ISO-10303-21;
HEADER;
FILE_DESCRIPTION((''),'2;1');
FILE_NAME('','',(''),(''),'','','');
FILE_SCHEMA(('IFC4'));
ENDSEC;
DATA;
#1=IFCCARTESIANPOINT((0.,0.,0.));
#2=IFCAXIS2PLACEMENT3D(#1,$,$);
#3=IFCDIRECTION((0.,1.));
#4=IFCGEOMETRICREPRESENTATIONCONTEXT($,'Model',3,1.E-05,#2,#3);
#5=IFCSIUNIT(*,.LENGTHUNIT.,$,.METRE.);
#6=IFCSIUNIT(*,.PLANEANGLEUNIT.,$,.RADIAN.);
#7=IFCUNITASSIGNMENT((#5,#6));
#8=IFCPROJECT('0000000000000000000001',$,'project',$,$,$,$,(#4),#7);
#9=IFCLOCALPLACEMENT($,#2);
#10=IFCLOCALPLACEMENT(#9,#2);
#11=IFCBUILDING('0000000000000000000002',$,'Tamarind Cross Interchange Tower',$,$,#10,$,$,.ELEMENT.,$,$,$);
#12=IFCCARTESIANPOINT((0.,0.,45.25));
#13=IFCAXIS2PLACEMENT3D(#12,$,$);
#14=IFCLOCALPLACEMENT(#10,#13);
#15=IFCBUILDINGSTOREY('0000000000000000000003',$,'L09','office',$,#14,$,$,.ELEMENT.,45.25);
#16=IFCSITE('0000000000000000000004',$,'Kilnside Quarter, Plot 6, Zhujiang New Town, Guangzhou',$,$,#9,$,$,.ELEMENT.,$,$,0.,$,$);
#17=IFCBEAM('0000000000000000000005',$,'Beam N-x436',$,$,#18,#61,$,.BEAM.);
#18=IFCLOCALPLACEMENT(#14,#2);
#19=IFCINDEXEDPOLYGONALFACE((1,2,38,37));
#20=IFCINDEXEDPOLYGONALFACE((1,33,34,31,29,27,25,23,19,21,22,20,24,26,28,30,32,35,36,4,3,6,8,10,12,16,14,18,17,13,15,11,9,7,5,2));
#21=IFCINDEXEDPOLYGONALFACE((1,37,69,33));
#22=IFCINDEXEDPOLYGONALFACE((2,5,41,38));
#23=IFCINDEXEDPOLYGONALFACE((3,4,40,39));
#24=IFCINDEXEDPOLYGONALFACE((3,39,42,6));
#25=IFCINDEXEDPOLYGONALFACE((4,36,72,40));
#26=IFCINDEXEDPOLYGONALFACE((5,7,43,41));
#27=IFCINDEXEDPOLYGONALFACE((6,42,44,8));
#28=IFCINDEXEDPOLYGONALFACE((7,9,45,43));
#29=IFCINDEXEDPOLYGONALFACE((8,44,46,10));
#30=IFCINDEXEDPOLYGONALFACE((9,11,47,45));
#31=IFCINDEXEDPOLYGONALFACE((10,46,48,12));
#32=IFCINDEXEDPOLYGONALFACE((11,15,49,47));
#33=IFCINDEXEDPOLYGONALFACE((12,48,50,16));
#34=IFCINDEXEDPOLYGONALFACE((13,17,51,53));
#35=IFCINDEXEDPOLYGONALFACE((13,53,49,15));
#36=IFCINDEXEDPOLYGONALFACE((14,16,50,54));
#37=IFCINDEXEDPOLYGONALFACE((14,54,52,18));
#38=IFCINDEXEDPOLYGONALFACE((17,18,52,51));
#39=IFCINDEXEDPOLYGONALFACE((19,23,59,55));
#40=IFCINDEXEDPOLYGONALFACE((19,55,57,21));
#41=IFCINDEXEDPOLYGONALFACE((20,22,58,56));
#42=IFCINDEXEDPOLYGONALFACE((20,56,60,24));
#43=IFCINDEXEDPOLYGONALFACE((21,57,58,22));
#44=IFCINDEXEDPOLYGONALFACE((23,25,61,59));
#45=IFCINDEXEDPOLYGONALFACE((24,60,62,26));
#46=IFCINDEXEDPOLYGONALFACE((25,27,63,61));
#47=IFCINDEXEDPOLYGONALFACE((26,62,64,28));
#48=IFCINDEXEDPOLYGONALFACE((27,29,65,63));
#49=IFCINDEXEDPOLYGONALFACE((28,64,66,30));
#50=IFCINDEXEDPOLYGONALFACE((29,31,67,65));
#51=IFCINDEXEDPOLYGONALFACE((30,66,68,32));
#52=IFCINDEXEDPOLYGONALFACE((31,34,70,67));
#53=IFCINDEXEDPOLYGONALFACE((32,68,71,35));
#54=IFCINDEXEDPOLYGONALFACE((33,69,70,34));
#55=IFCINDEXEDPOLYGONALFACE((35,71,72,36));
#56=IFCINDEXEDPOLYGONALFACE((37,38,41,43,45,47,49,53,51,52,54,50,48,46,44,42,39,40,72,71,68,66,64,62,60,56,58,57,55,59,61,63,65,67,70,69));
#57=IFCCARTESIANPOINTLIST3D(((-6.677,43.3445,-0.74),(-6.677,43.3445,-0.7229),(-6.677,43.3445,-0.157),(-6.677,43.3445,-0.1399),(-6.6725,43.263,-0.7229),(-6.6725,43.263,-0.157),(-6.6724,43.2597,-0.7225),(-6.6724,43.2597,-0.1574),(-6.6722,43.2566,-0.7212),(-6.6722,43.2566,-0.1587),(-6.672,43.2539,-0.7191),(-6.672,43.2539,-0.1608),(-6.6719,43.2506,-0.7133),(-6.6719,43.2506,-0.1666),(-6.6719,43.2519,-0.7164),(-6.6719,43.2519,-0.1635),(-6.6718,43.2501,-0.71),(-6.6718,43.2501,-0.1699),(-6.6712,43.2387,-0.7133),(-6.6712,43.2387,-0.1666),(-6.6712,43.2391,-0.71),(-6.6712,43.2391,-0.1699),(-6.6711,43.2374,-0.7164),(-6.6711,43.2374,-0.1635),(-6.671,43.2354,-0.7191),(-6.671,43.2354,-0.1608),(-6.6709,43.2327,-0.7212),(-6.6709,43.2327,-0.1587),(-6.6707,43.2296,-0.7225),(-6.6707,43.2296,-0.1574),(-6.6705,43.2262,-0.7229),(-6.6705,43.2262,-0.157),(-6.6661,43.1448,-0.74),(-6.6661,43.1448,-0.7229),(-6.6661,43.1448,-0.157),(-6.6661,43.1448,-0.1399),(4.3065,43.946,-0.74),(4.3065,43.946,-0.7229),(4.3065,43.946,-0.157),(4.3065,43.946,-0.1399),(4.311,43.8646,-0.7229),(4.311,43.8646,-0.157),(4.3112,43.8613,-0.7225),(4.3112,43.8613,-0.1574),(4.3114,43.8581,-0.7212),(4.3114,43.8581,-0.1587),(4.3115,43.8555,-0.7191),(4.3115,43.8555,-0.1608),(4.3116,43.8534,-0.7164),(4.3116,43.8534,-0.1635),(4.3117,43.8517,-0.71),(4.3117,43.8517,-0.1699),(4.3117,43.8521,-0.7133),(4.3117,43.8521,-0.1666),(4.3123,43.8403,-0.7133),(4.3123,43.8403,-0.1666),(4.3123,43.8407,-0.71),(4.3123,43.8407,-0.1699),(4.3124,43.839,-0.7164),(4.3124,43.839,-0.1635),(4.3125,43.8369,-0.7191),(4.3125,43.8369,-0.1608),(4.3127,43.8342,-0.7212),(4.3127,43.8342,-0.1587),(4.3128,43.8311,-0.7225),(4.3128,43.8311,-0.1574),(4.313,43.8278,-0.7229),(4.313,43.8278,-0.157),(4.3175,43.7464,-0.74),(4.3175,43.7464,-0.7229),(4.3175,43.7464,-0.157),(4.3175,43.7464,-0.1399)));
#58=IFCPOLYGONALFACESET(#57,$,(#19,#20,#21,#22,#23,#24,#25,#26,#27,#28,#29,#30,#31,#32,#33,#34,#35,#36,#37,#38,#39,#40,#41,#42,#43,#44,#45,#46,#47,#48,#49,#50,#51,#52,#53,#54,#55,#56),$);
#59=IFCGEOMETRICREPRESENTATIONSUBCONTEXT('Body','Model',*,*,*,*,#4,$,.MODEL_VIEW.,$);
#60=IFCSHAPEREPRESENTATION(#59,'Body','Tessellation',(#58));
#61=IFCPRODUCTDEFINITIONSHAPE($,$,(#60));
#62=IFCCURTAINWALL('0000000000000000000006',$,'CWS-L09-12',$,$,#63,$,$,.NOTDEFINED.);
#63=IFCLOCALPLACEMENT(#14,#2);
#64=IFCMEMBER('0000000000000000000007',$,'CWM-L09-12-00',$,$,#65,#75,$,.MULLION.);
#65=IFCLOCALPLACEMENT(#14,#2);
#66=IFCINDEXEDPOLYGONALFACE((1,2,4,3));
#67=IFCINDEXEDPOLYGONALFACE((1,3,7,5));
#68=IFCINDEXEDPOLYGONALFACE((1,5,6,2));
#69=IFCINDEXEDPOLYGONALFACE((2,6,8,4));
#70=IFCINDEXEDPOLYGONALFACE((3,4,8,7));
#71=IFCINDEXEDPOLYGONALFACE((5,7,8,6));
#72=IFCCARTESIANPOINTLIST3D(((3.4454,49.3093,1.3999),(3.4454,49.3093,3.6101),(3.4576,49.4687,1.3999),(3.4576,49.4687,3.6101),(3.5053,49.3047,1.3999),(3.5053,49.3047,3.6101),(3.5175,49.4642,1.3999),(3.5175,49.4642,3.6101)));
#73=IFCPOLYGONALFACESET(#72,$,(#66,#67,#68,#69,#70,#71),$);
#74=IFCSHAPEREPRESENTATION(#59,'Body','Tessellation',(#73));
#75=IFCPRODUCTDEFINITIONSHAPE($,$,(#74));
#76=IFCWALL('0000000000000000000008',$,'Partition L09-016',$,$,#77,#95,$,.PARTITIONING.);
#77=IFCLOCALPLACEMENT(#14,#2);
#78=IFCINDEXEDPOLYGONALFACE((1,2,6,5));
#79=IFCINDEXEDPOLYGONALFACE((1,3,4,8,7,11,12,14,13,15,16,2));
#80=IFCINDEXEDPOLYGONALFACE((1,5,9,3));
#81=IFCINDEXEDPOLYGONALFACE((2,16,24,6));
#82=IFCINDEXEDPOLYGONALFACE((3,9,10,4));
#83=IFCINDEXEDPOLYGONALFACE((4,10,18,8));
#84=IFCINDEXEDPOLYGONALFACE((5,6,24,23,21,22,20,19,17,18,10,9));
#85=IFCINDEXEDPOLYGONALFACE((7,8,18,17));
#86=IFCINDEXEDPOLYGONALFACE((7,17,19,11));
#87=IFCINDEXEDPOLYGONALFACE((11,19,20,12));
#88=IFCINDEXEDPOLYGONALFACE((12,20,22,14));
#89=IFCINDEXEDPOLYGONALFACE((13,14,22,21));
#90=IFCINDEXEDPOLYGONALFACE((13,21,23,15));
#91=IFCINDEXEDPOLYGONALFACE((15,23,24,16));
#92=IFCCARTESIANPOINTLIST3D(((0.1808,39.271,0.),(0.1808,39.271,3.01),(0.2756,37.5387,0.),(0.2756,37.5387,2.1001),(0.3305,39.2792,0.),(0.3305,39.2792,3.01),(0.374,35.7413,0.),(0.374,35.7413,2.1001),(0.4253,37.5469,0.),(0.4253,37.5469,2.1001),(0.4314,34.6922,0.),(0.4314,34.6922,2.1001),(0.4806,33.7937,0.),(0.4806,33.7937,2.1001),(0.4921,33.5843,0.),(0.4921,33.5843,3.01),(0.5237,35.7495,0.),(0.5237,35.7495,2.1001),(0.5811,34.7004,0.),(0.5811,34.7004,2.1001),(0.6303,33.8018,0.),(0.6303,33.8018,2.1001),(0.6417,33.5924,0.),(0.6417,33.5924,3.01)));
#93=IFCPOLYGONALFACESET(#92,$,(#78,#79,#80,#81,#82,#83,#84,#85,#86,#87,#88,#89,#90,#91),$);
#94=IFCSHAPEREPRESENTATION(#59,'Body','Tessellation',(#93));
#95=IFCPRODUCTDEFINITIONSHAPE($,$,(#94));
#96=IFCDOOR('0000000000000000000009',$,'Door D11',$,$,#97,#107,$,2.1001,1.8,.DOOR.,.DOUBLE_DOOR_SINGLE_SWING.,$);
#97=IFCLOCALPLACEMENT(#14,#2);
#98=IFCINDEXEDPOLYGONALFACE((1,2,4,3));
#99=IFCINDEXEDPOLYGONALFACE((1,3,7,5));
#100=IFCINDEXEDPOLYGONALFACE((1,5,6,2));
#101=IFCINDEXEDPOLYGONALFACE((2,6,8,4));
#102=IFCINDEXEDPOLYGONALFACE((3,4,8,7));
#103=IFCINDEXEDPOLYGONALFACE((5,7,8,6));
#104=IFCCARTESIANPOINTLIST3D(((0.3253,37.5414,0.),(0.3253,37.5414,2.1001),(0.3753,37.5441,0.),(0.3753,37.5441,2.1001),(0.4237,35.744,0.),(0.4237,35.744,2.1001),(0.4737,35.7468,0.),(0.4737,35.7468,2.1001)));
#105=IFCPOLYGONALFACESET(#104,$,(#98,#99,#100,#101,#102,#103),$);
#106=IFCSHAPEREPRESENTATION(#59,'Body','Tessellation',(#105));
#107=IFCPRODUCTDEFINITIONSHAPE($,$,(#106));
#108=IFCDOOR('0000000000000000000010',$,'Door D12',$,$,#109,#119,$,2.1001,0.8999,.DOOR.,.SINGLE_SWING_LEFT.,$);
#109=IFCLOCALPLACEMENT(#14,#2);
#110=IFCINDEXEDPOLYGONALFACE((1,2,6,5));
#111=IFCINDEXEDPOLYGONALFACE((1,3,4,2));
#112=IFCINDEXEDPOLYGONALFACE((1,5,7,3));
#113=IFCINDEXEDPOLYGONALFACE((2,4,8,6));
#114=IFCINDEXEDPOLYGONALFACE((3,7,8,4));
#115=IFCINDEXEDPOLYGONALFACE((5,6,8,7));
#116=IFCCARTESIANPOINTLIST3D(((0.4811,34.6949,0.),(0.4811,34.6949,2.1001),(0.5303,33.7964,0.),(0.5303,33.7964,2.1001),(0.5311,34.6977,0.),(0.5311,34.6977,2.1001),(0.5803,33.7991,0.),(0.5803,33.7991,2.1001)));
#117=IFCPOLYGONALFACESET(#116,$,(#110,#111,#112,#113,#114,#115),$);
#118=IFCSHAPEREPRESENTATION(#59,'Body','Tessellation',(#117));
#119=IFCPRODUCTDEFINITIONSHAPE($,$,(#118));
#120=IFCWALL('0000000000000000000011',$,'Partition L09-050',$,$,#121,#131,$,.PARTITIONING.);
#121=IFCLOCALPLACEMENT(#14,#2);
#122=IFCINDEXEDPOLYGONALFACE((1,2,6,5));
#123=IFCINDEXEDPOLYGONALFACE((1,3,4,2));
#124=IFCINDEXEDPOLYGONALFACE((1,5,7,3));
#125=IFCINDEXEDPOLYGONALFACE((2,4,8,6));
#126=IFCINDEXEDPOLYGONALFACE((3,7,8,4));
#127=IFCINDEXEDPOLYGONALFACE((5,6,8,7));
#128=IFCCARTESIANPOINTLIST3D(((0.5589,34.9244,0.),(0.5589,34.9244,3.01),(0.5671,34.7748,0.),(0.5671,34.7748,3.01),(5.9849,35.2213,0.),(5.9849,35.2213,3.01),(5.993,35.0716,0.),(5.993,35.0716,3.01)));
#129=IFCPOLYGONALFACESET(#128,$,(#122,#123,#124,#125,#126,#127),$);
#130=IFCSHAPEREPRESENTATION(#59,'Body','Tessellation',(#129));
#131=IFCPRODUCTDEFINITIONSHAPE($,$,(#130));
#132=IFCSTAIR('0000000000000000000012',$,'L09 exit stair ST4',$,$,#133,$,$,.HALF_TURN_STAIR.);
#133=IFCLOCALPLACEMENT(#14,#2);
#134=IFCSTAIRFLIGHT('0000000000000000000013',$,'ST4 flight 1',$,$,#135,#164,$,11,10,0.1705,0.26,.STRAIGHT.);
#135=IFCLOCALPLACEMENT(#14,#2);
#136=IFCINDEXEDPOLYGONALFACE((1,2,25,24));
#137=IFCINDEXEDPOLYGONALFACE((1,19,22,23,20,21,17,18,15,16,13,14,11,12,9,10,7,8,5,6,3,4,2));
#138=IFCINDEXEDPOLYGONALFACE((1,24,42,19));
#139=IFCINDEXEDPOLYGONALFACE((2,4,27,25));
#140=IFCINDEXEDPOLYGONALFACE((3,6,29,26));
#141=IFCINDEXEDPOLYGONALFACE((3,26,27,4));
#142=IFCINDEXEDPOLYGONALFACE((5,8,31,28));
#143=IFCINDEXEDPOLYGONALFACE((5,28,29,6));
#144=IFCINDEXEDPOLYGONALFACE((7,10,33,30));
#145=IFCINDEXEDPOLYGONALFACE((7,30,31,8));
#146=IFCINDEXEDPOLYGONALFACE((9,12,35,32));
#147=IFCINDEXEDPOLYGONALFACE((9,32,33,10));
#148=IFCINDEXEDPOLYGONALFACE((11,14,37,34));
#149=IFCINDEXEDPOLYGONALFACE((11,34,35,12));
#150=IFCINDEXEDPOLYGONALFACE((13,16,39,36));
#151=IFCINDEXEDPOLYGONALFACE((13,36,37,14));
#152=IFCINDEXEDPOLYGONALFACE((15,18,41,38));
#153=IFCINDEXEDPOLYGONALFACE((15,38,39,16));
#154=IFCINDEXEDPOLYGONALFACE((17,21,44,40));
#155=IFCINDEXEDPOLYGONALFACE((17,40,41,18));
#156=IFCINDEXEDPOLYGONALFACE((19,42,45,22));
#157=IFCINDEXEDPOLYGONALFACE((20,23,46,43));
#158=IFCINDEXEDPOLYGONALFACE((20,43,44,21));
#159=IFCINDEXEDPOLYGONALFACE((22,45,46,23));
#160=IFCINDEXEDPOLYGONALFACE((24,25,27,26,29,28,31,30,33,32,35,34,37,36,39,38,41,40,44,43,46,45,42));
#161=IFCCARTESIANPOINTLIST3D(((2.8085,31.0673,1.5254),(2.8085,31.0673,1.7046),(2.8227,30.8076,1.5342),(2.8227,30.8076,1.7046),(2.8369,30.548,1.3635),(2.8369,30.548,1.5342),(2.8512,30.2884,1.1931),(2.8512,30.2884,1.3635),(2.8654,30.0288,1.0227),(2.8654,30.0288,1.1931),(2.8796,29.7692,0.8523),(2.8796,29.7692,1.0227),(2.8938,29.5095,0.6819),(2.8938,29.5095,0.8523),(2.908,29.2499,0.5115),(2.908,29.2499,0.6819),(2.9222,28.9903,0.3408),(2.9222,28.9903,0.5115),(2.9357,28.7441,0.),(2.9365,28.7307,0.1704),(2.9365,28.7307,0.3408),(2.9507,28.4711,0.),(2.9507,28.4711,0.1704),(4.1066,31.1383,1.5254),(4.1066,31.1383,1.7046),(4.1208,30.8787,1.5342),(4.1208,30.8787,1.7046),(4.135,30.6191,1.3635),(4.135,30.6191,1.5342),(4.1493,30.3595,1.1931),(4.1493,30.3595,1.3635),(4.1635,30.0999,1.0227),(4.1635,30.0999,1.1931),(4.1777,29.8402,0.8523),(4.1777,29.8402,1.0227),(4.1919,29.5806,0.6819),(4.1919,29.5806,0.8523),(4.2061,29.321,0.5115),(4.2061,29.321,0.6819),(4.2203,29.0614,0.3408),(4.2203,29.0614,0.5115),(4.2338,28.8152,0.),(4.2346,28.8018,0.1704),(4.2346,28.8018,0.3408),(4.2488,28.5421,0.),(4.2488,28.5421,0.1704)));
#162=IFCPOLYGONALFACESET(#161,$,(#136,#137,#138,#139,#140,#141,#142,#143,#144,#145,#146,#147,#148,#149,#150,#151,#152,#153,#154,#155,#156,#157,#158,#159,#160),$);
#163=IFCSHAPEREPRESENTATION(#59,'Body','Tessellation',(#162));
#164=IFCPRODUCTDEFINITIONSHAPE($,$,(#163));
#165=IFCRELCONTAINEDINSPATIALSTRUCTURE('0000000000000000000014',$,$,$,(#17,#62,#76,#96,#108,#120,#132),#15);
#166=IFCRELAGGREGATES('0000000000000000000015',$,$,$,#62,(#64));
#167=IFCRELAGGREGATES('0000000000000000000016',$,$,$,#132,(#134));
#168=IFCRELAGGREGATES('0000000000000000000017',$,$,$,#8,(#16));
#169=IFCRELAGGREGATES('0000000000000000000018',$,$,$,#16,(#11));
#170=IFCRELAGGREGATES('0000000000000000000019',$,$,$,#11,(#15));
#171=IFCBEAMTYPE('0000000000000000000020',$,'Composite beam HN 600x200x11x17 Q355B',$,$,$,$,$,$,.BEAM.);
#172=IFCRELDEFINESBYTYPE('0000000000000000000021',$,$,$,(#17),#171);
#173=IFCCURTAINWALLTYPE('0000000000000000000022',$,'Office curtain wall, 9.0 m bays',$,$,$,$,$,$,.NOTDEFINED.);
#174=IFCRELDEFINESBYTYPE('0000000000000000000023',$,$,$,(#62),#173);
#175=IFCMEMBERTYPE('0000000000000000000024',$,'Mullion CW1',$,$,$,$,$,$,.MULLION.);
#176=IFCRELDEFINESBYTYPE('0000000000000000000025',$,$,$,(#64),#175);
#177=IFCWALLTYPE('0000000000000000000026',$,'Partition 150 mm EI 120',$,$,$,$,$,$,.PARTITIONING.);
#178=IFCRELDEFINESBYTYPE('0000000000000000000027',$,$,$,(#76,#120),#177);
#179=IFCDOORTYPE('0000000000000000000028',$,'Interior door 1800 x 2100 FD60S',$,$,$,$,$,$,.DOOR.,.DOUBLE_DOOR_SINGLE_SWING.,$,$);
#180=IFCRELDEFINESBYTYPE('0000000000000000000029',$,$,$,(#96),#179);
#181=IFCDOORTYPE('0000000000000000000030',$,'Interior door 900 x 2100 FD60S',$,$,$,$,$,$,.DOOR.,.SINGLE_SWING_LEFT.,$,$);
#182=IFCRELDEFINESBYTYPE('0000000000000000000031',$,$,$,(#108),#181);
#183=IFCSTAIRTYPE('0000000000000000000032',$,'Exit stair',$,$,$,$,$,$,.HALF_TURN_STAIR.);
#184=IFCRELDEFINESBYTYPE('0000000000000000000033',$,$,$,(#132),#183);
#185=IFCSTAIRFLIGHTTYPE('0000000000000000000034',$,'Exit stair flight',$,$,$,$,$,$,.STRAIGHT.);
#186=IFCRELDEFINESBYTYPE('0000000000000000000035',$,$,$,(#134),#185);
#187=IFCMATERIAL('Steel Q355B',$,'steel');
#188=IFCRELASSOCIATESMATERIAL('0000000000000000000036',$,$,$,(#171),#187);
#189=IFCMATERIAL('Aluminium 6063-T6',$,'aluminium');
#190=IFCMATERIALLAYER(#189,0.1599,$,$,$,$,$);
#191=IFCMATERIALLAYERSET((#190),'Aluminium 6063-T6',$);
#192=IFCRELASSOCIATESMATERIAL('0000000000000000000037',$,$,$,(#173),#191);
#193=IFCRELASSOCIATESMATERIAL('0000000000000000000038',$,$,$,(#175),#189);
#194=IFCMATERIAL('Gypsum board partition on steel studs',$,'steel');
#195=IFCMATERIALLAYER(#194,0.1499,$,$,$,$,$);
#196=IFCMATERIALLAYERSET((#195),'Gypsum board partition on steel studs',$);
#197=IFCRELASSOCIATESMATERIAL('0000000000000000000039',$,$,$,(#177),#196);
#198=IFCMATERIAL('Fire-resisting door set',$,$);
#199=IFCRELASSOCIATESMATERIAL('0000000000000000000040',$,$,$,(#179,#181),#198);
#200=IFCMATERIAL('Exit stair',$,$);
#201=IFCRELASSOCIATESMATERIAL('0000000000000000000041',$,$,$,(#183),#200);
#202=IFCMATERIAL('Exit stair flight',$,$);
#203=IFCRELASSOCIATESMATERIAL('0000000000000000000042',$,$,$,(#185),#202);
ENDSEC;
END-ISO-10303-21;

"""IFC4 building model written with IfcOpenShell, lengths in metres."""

from ifc_helpers import new_model, si_unit, direction, frame, frame_2d, origin, origin_2d, place, context, subcontext, project, spatial, polyline, rectangle, i_section, outline, extrude, material, layer, layer_set, material_profile, profile_set, type_object, element, fill, aggregate, save


model = new_model("IFC4")

# Units and contexts
model_context = context("Model", 3, precision=1e-05, world=origin(), true_north=direction((0.0, 1.0)))
body_context = subcontext(model_context, "Body", "Model", "MODEL_VIEW")
ifc_project = project(units=[si_unit("LENGTHUNIT", "METRE"), si_unit("PLANEANGLEUNIT", "RADIAN")], contexts=[model_context])

# Site, building, storey
site_placement = place(None, origin())
site = spatial("IfcSite", under=ifc_project, at=site_placement, Name="Kilnside Quarter, Plot 6, Zhujiang New Town, Guangzhou", CompositionType="ELEMENT", RefElevation=0.0)
building_placement = place(site_placement, origin())
building = spatial("IfcBuilding", under=site, at=building_placement, Name="Tamarind Cross Interchange Tower", CompositionType="ELEMENT")
storey_placement = place(building_placement, frame((0.0, 0.0, 45.25)))
storey = spatial("IfcBuildingStorey", under=building, at=storey_placement, Name="L09", Description="office", CompositionType="ELEMENT", Elevation=45.25)

# Beam
ifc_material_1 = material(Name="Steel Q355B", Category="steel")
ifc_material_profile_1 = material_profile(ifc_material_1, i_section(OverallWidth=0.2, OverallDepth=0.6001, WebThickness=0.011, FlangeThickness=0.0171, FilletRadius=0.0129, at=origin_2d()), Name="HN 600x200x11x17")
ifc_profile_set_1 = profile_set([ifc_material_profile_1], Name="Steel Q355B")
beam_type_1 = type_object("IfcBeamType", Name="Composite beam HN 600x200x11x17 Q355B", PredefinedType="BEAM", material=ifc_profile_set_1)
beam_1_placement = place(storey_placement, frame((4.312, 43.8462, -0.4399), z_axis=(-0.998504, -0.054687, 0.0), x_axis=(0.054687, -0.998504, 0.0)))
element("IfcBeam", 1, at=beam_1_placement, inside=storey, type_object=beam_type_1, Name="Beam N-x436", PredefinedType="BEAM", context=body_context, shape_type="SweptSolid", body=[
    extrude(i_section(OverallWidth=0.2, OverallDepth=0.6001, WebThickness=0.011, FlangeThickness=0.0171, FilletRadius=0.0129, at=origin_2d()), origin(), (0.0, 0.0, 1.0), 11.0),
])

# Curtain wall, member
ifc_material_2 = material(Name="Aluminium 6063-T6", Category="aluminium")
ifc_layer_1 = layer(ifc_material_2, 0.1599)
ifc_layer_set_1 = layer_set([ifc_layer_1], Name="Aluminium 6063-T6")
curtain_wall_type = type_object("IfcCurtainWallType", Name="Office curtain wall, 9.0 m bays", PredefinedType="NOTDEFINED", material=ifc_layer_set_1)
curtain_wall_placement = place(storey_placement, origin())
curtain_wall = element("IfcCurtainWall", 2, at=curtain_wall_placement, inside=storey, type_object=curtain_wall_type, Name="CWS-L09-12", PredefinedType="NOTDEFINED")
ifc_material_profile_2 = material_profile(ifc_material_2, rectangle(XDim=0.0601, YDim=0.1599, at=origin_2d()), Name="Mullion CW1")
ifc_profile_set_2 = profile_set([ifc_material_profile_2], Name="Aluminium 6063-T6")
member_type = type_object("IfcMemberType", Name="Mullion CW1", PredefinedType="MULLION", material=ifc_profile_set_2)
member_placement = place(storey_placement, frame((3.4814, 49.3867, 1.3999), z_axis=(0.0, 0.0, 1.0), x_axis=(-0.997099, 0.07612, 0.0)))
member = element("IfcMember", 3, at=member_placement, type_object=member_type, Name="CWM-L09-12-00", PredefinedType="MULLION", context=body_context, shape_type="SweptSolid", body=[
    extrude(rectangle(XDim=0.0601, YDim=0.1599, at=origin_2d()), origin(), (0.0, 0.0, 1.0), 2.2102),
])
aggregate(curtain_wall, [member])

# Wall, openings, doors
ifc_material_3 = material(Name="Gypsum board partition on steel studs", Category="steel")
ifc_layer_2 = layer(ifc_material_3, 0.1499)
ifc_layer_set_2 = layer_set([ifc_layer_2], Name="Gypsum board partition on steel studs")
wall_type = type_object("IfcWallType", Name="Partition 150 mm EI 120", PredefinedType="PARTITIONING", material=ifc_layer_set_2)
wall_1_placement = place(storey_placement, frame((0.2556, 39.2751, 0.0), z_axis=(0.0, 0.0, 1.0), x_axis=(0.054656, -0.998505, 0.0)))
wall_1 = element("IfcWall", 4, at=wall_1_placement, inside=storey, type_object=wall_type, Name="Partition L09-016", PredefinedType="PARTITIONING", context=body_context, shape_type="SweptSolid", body=[
    extrude(rectangle(XDim=5.6953, YDim=0.1499, at=frame_2d((2.8477, 0.0))), origin(), (0.0, 0.0, 1.0), 3.01),
])
opening_1_placement = place(wall_1_placement, frame((1.7351, 0.0, 0.0)))
opening_1 = element("IfcOpeningElement", 5, at=opening_1_placement, cuts=wall_1, PredefinedType="OPENING", context=body_context, shape_type="SweptSolid", body=[
    extrude(rectangle(XDim=1.8, YDim=2.1001, at=frame_2d((0.8999, 1.05))), frame((0.0, 0.085, 0.0), z_axis=(0.0, -1.0, 0.0), x_axis=(1.0, 0.0, 0.0)), (0.0, 0.0, 1.0), 0.1699),
])
opening_2_placement = place(wall_1_placement, frame((4.5857, 0.0, 0.0)))
opening_2 = element("IfcOpeningElement", 6, at=opening_2_placement, cuts=wall_1, PredefinedType="OPENING", context=body_context, shape_type="SweptSolid", body=[
    extrude(rectangle(XDim=0.8999, YDim=2.1001, at=frame_2d((0.45, 1.05))), frame((0.0, 0.085, 0.0), z_axis=(0.0, -1.0, 0.0), x_axis=(1.0, 0.0, 0.0)), (0.0, 0.0, 1.0), 0.1699),
])
ifc_material_4 = material(Name="Fire-resisting door set")
door_type_1 = type_object("IfcDoorType", Name="Interior door 1800 x 2100 FD60S", OperationType="DOUBLE_DOOR_SINGLE_SWING", PredefinedType="DOOR", material=ifc_material_4)
door_1_placement = place(opening_1_placement, origin())
door_1 = element("IfcDoor", 7, at=door_1_placement, inside=storey, type_object=door_type_1, Name="Door D11", OperationType="DOUBLE_DOOR_SINGLE_SWING", OverallHeight=2.1001, OverallWidth=1.8, PredefinedType="DOOR", context=body_context, shape_type="SweptSolid", body=[
    extrude(rectangle(XDim=1.8, YDim=2.1001, at=frame_2d((0.8999, 1.05))), frame((0.0, 0.0249, 0.0), z_axis=(0.0, -1.0, 0.0), x_axis=(1.0, 0.0, 0.0)), (0.0, 0.0, 1.0), 0.05),
])
fill(opening_1, door_1)
door_type_2 = type_object("IfcDoorType", Name="Interior door 900 x 2100 FD60S", OperationType="SINGLE_SWING_LEFT", PredefinedType="DOOR", material=ifc_material_4)
door_2_placement = place(opening_2_placement, origin())
door_2 = element("IfcDoor", 8, at=door_2_placement, inside=storey, type_object=door_type_2, Name="Door D12", OperationType="SINGLE_SWING_LEFT", OverallHeight=2.1001, OverallWidth=0.8999, PredefinedType="DOOR", context=body_context, shape_type="SweptSolid", body=[
    extrude(rectangle(XDim=0.8999, YDim=2.1001, at=frame_2d((0.45, 1.05))), frame((0.0, 0.0249, 0.0), z_axis=(0.0, -1.0, 0.0), x_axis=(1.0, 0.0, 0.0)), (0.0, 0.0, 1.0), 0.05),
])
fill(opening_2, door_2)

# Wall
wall_2_placement = place(storey_placement, frame((0.563, 34.8496, 0.0), z_axis=(0.0, 0.0, 1.0), x_axis=(0.998507, 0.054631, 0.0)))
element("IfcWall", 9, at=wall_2_placement, inside=storey, type_object=wall_type, Name="Partition L09-050", PredefinedType="PARTITIONING", context=body_context, shape_type="SweptSolid", body=[
    extrude(rectangle(XDim=5.4341, YDim=0.1499, at=frame_2d((2.717, 0.0))), origin(), (0.0, 0.0, 1.0), 3.01),
])

# Stair, stair flight
ifc_material_5 = material(Name="Exit stair")
stair_type = type_object("IfcStairType", Name="Exit stair", PredefinedType="HALF_TURN_STAIR", material=ifc_material_5)
stair_placement = place(storey_placement, origin())
stair = element("IfcStair", 10, at=stair_placement, inside=storey, type_object=stair_type, Name="L09 exit stair ST4", PredefinedType="HALF_TURN_STAIR")
ifc_material_6 = material(Name="Exit stair flight")
stair_flight_type = type_object("IfcStairFlightType", Name="Exit stair flight", PredefinedType="STRAIGHT", material=ifc_material_6)
stair_flight_1_placement = place(storey_placement, frame((3.5996, 28.5066, 0.0), z_axis=(0.0, 0.0, 1.0), x_axis=(-0.054678, 0.998504, 0.0)))
stair_flight_1 = element("IfcStairFlight", 11, at=stair_flight_1_placement, type_object=stair_flight_type, Name="ST4 flight 1", NumberOfRisers=11, NumberOfTreads=10, PredefinedType="STRAIGHT", RiserHeight=0.1705, TreadLength=0.26, context=body_context, shape_type="SweptSolid", body=[
    extrude(outline(polyline([(0.0, 0.0), (0.0, 0.1704), (0.26, 0.1704), (0.26, 0.3408), (0.52, 0.3408), (0.52, 0.5115), (0.78, 0.5115), (0.78, 0.6819), (1.04, 0.6819), (1.04, 0.8523), (1.3, 0.8523), (1.3, 1.0227), (1.5601, 1.0227), (1.5601, 1.1931), (1.8201, 1.1931), (1.8201, 1.3635), (2.0801, 1.3635), (2.0801, 1.5342), (2.3401, 1.5342), (2.3401, 1.7046), (2.6001, 1.7046), (2.6001, 1.875), (2.6001, 1.5254), (0.2734, 0.0), (0.0, 0.0)])), frame((0.0, 0.6499, 0.0), z_axis=(0.0, -1.0, 0.0), x_axis=(1.0, 0.0, 0.0)), (0.0, 0.0, 1.0), 1.3),
])
aggregate(stair, [stair_flight_1])

save(model, "model.ifc")
